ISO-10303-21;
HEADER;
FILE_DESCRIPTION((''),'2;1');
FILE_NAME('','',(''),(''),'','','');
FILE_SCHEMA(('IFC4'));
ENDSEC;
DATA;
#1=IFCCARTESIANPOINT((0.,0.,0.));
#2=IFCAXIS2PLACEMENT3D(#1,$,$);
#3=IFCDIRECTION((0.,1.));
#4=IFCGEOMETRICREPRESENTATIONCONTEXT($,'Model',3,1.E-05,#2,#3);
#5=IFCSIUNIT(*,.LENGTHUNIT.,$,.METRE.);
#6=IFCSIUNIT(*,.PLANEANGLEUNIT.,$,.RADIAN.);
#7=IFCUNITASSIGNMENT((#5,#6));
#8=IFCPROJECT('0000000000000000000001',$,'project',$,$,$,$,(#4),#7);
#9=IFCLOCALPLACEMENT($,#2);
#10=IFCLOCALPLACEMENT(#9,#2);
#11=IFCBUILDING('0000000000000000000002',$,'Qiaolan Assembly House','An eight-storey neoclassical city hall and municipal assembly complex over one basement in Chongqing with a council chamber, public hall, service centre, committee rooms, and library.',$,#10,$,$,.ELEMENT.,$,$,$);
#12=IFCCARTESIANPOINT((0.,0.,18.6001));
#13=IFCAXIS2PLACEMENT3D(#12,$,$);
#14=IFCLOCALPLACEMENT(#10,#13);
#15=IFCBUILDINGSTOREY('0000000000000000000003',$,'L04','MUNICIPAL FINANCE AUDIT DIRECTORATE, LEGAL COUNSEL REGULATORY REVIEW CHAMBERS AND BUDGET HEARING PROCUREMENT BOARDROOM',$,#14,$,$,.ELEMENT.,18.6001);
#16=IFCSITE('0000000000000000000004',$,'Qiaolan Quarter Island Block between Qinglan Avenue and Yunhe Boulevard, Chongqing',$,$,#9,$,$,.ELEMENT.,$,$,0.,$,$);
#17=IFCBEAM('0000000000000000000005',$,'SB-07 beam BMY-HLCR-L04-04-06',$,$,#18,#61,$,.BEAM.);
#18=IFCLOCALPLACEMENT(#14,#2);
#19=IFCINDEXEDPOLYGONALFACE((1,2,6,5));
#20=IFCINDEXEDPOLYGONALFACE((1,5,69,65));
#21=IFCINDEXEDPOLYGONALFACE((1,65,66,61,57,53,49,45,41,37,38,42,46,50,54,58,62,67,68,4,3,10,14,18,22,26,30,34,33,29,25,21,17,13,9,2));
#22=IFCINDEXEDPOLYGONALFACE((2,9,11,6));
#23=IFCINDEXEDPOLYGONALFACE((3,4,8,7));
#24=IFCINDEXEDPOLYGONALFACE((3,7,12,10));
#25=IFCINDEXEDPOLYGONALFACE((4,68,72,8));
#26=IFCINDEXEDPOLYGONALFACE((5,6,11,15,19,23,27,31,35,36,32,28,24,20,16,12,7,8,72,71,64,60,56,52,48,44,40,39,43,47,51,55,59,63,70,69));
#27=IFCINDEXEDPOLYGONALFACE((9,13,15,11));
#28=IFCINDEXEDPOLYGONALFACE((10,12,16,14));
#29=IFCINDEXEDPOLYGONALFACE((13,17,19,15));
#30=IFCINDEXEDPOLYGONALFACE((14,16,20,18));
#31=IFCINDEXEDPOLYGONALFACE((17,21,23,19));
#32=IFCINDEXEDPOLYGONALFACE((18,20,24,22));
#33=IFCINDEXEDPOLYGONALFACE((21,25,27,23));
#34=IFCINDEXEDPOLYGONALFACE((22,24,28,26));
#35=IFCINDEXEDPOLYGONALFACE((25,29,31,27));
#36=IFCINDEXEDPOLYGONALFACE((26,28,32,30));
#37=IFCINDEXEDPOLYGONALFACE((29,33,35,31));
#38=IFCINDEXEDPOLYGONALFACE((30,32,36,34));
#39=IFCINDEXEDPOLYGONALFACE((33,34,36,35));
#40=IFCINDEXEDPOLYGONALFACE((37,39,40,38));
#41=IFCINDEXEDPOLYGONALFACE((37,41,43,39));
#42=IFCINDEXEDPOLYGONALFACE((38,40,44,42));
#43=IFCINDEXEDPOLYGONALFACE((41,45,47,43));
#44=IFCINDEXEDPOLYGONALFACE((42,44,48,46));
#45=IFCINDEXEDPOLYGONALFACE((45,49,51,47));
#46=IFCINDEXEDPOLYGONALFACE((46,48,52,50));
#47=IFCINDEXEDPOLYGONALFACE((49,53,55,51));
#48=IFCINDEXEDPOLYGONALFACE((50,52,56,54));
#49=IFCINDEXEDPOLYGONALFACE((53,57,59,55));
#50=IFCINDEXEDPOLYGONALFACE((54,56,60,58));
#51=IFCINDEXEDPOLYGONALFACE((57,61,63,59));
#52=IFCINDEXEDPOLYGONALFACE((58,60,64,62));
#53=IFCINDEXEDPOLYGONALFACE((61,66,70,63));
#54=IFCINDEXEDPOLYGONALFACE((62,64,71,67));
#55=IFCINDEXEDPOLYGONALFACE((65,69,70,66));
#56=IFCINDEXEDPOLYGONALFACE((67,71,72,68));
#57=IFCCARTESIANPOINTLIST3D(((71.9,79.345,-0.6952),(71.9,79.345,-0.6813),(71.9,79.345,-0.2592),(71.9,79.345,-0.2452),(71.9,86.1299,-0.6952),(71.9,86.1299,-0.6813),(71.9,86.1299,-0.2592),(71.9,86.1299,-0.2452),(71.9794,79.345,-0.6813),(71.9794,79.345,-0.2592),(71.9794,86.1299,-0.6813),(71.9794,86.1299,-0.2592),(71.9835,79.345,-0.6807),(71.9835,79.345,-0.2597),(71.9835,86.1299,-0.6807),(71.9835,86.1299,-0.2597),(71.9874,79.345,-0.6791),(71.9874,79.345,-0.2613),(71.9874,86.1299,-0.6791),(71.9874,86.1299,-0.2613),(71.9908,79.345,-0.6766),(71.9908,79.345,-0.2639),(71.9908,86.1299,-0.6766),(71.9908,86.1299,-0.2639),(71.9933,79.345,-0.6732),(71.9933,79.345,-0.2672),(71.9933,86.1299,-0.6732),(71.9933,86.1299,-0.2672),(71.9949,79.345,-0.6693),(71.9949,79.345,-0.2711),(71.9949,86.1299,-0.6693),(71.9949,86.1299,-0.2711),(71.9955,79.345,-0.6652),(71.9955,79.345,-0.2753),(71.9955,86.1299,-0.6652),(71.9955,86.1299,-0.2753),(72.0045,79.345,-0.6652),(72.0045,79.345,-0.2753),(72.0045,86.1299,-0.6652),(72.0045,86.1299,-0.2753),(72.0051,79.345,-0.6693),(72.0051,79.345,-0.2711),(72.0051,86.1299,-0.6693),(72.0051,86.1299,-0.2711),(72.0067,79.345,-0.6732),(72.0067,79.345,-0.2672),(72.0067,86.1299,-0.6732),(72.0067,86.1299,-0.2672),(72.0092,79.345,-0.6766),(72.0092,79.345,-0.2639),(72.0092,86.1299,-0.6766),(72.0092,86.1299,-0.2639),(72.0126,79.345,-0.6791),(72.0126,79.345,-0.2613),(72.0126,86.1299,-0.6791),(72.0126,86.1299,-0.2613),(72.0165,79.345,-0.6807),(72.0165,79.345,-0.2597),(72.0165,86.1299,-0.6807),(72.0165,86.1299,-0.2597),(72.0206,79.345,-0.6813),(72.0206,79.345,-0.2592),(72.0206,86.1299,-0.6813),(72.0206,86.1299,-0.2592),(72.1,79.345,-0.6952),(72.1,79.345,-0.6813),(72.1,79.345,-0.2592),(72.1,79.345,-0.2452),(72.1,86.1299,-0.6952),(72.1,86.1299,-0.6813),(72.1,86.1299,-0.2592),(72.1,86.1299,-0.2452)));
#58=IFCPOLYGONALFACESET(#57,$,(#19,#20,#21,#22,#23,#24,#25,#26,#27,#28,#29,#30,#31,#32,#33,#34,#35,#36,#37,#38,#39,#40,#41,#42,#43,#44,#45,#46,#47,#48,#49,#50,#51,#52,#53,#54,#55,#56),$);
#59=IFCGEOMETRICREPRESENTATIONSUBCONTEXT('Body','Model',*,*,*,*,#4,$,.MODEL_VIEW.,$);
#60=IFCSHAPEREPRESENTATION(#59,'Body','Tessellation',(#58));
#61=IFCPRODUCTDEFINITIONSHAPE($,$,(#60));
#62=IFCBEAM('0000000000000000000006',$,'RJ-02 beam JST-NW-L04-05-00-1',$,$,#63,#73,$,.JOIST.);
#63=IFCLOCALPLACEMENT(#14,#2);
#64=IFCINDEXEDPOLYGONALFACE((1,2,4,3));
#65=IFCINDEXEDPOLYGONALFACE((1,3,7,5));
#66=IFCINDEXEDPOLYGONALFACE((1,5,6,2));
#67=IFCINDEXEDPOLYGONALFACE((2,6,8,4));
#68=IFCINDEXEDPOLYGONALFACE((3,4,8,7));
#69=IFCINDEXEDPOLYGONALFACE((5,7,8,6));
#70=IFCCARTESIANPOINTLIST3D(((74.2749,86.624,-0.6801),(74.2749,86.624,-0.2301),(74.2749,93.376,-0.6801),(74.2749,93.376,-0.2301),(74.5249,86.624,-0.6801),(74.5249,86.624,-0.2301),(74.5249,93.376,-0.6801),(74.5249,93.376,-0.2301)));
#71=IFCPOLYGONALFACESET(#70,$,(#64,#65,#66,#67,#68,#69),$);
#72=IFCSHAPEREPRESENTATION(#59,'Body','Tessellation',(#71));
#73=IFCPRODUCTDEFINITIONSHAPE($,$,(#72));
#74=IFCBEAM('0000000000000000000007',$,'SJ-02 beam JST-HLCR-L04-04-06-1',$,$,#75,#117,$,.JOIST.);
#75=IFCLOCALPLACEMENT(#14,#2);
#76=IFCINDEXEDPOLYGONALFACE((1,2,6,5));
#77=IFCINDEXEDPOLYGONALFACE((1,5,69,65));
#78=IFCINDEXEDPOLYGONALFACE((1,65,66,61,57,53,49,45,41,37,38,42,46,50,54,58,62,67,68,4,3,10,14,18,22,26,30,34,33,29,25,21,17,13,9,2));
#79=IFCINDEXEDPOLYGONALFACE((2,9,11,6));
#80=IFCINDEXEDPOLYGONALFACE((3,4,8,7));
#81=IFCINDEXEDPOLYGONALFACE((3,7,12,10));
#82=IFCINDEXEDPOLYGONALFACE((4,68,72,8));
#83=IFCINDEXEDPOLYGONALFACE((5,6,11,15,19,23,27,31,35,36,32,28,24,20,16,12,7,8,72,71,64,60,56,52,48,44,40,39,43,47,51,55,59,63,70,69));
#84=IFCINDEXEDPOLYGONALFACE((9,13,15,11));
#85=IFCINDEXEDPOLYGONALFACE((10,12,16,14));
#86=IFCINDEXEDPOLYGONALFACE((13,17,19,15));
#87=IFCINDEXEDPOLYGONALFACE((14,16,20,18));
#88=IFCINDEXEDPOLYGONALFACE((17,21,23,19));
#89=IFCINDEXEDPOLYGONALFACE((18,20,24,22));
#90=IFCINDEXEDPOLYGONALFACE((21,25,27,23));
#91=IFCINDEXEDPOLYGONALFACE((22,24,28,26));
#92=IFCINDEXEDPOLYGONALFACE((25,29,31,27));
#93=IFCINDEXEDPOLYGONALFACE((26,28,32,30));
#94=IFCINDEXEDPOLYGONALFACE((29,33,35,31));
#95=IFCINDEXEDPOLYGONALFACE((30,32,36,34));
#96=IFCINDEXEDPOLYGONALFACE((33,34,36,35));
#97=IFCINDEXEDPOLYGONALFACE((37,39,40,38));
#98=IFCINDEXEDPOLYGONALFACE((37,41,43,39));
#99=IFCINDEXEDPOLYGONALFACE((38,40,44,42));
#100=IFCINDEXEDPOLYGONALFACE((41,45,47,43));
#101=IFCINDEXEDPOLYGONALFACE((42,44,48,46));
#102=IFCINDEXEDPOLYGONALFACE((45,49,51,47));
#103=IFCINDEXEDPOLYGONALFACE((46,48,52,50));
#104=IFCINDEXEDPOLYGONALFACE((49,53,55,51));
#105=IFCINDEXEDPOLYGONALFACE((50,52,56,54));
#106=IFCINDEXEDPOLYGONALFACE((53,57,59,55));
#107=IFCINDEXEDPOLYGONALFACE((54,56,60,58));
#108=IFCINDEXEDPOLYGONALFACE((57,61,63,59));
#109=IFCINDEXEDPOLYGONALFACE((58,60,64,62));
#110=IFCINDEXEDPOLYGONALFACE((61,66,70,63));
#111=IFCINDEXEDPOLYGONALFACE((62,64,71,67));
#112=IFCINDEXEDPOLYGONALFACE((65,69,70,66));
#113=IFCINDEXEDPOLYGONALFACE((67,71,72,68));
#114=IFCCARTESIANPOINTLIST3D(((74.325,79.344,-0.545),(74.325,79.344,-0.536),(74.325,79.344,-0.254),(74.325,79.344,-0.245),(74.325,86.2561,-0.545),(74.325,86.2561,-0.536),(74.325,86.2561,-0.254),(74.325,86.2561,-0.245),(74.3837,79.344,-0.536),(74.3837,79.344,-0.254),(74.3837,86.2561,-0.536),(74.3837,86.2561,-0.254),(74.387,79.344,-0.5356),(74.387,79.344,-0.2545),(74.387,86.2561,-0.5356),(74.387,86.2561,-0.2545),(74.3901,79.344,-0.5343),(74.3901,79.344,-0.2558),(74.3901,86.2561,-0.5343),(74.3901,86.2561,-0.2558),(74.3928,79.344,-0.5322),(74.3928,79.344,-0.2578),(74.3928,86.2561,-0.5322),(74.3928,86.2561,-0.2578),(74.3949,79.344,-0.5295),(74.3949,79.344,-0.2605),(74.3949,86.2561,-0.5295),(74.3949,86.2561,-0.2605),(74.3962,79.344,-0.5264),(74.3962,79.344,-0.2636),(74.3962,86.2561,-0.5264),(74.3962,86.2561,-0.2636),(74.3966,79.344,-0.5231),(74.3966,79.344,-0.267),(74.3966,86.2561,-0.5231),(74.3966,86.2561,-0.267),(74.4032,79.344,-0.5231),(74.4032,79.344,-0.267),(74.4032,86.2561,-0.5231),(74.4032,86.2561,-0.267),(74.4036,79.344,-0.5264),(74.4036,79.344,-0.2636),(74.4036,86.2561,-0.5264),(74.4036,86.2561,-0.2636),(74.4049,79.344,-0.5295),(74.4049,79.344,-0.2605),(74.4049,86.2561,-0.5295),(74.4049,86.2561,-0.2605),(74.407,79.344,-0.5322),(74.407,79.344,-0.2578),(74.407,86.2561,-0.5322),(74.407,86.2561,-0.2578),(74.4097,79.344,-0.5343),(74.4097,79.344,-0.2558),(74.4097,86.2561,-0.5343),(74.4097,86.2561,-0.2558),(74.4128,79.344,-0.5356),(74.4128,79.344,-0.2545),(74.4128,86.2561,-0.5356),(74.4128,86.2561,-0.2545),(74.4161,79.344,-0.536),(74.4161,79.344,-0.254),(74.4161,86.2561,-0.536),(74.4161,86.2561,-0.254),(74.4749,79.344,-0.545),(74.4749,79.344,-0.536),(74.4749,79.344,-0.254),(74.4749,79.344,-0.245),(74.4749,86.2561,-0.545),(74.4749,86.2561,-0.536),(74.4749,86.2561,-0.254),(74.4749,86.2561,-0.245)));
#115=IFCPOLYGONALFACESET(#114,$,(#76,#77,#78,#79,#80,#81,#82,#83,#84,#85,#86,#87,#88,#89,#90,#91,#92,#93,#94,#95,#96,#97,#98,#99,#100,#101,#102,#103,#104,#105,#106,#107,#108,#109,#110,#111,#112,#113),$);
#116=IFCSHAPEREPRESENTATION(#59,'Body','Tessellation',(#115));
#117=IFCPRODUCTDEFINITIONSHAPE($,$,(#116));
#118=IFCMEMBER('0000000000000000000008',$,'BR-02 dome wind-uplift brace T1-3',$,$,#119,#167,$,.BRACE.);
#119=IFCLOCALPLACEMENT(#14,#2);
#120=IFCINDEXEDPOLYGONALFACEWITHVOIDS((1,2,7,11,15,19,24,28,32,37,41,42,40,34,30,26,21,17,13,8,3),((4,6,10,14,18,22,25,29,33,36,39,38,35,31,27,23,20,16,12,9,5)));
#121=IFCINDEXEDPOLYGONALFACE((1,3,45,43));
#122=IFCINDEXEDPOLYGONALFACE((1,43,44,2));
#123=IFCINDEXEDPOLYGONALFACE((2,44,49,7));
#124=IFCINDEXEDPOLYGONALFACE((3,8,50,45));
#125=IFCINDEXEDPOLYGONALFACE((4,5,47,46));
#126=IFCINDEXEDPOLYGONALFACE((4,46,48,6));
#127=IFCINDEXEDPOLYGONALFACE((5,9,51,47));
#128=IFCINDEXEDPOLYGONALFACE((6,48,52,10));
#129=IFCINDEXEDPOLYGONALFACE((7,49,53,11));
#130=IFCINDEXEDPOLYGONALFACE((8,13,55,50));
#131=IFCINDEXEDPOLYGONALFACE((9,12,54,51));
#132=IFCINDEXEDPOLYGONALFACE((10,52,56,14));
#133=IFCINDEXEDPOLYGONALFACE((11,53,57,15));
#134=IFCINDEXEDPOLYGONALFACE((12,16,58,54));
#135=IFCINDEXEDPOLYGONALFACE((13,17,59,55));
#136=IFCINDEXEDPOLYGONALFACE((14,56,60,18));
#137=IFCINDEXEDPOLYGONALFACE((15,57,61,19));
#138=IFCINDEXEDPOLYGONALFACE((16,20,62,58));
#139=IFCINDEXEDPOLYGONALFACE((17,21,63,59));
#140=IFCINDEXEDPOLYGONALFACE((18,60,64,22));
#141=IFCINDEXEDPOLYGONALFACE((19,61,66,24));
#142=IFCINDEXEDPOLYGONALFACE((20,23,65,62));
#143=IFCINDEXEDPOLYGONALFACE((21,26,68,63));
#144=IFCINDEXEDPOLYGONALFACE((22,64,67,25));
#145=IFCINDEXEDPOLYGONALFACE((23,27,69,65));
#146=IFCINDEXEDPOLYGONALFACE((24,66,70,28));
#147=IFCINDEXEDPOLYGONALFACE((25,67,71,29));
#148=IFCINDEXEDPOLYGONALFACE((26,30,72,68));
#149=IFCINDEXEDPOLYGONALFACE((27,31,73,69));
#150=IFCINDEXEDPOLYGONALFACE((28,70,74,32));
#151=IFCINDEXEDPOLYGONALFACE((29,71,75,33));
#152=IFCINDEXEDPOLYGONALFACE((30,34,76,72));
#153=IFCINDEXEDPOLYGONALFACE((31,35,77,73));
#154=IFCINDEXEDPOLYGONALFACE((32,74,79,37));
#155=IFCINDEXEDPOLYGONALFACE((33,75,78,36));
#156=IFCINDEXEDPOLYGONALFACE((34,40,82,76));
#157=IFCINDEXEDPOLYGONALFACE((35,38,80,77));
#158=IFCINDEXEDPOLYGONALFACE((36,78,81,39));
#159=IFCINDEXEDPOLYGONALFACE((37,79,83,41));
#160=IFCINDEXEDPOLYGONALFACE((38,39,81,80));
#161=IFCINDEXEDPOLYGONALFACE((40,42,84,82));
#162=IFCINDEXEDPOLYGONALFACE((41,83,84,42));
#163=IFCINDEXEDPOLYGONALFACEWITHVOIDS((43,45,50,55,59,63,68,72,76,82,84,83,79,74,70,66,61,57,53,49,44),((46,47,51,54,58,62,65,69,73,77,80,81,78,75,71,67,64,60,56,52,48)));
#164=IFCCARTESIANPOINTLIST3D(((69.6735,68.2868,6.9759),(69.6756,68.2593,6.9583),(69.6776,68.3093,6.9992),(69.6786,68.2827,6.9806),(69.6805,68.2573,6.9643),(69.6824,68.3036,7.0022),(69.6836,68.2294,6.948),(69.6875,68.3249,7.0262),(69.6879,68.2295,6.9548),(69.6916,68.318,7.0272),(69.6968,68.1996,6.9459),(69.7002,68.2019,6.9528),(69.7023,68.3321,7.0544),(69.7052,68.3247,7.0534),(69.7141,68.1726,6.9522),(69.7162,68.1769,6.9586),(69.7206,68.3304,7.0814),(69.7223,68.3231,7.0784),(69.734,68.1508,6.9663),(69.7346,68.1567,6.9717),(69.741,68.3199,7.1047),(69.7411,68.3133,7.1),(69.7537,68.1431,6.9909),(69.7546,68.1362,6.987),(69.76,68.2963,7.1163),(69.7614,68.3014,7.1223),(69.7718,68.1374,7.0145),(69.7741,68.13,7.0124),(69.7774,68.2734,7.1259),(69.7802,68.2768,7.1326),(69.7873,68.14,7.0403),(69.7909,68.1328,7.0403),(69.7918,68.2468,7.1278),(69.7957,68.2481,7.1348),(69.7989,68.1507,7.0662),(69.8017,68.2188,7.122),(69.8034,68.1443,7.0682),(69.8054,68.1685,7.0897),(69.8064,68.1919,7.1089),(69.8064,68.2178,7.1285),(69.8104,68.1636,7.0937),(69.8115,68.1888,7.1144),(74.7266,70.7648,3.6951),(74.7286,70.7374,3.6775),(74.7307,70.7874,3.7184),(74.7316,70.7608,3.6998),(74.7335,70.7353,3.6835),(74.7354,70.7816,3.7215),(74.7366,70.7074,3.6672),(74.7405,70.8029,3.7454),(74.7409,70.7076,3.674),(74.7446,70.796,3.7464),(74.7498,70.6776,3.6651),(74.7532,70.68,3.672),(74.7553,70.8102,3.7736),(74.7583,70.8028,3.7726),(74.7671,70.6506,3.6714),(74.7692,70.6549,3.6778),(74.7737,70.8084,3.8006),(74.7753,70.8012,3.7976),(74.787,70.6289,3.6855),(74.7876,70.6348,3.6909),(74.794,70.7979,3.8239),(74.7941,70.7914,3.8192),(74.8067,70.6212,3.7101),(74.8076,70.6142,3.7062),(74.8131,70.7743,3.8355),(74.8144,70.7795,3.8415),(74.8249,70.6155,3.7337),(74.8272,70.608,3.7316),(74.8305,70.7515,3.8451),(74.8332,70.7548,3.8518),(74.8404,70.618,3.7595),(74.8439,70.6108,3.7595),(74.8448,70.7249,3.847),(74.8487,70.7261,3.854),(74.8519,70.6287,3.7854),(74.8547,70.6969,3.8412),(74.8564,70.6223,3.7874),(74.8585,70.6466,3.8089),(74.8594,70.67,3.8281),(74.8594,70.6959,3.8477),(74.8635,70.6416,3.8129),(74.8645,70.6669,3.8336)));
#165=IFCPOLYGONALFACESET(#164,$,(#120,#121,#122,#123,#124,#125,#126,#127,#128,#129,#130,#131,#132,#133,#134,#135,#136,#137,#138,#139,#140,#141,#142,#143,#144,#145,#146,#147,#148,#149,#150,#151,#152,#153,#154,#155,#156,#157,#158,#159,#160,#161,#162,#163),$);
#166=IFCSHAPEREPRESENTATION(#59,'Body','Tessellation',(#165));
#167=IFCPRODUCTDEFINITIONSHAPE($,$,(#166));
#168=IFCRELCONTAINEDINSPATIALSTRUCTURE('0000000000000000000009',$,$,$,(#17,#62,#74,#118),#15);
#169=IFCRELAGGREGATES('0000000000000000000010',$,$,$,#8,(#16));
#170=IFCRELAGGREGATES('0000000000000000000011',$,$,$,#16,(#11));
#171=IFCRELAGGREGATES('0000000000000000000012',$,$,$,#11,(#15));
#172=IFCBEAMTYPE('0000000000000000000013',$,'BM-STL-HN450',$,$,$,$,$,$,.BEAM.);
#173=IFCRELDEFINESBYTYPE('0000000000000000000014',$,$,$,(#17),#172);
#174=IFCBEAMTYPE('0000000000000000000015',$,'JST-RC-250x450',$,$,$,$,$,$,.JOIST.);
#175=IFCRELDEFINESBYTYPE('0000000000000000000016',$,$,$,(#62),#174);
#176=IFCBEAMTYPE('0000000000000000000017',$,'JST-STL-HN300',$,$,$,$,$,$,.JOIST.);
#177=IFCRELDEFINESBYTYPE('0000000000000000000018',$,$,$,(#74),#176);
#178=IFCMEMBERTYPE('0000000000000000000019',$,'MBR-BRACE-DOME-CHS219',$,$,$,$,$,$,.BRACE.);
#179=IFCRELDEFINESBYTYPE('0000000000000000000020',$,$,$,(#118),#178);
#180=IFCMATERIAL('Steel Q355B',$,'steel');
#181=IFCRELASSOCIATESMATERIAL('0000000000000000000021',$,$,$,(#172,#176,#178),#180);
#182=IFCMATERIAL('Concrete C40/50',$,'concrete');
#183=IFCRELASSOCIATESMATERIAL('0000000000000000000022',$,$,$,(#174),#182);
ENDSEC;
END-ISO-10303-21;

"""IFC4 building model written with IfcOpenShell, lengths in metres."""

from ifc_helpers import new_model, si_unit, direction, frame, origin, origin_2d, place, context, subcontext, project, spatial, rectangle, hollow_circle, i_section, extrude, material, material_profile, profile_set, type_object, element, save


model = new_model("IFC4")

# Units and contexts
model_context = context("Model", 3, precision=1e-05, world=origin(), true_north=direction((0.0, 1.0)))
body_context = subcontext(model_context, "Body", "Model", "MODEL_VIEW")
ifc_project = project(units=[si_unit("LENGTHUNIT", "METRE"), si_unit("PLANEANGLEUNIT", "RADIAN")], contexts=[model_context])

# Site, building, storey
site_placement = place(None, origin())
site = spatial("IfcSite", under=ifc_project, at=site_placement, Name="Qiaolan Quarter Island Block between Qinglan Avenue and Yunhe Boulevard, Chongqing", CompositionType="ELEMENT", RefElevation=0.0)
building_placement = place(site_placement, origin())
building = spatial("IfcBuilding", under=site, at=building_placement, Name="Qiaolan Assembly House", Description="An eight-storey neoclassical city hall and municipal assembly complex over one basement in Chongqing with a council chamber, public hall, service centre, committee rooms, and library.", CompositionType="ELEMENT")
storey_placement = place(building_placement, frame((0.0, 0.0, 18.6001)))
storey = spatial("IfcBuildingStorey", under=building, at=storey_placement, Name="L04", Description="MUNICIPAL FINANCE AUDIT DIRECTORATE, LEGAL COUNSEL REGULATORY REVIEW CHAMBERS AND BUDGET HEARING PROCUREMENT BOARDROOM", CompositionType="ELEMENT", Elevation=18.6001)

# Shared definitions
ifc_material_1 = material(Name="Concrete C40/50", Category="concrete")

# Beams
ifc_material_2 = material(Name="Steel Q355B", Category="steel")
ifc_material_profile_1 = material_profile(ifc_material_2, i_section(OverallWidth=0.2, OverallDepth=0.45, WebThickness=0.009, FlangeThickness=0.0139, FilletRadius=0.0161, at=origin_2d()), Name="HN 450x200x9x14")
ifc_profile_set_1 = profile_set([ifc_material_profile_1], Name="Steel Q355B")
beam_type_1 = type_object("IfcBeamType", Name="BM-STL-HN450", PredefinedType="BEAM", material=ifc_profile_set_1)
beam_1_placement = place(storey_placement, frame((72.0, 79.345, -0.4702), z_axis=(0.0, 1.0, 0.0), x_axis=(-1.0, 0.0, 0.0)))
element("IfcBeam", 1, at=beam_1_placement, inside=storey, type_object=beam_type_1, Name="SB-07 beam BMY-HLCR-L04-04-06", PredefinedType="BEAM", context=body_context, shape_type="SweptSolid", body=[
    extrude(i_section(OverallWidth=0.2, OverallDepth=0.45, WebThickness=0.009, FlangeThickness=0.0139, FilletRadius=0.0161, at=origin_2d()), origin(), (0.0, 0.0, 1.0), 6.7849),
])
ifc_material_profile_2 = material_profile(ifc_material_1, rectangle(XDim=0.25, YDim=0.45, at=origin_2d()), Name="RCB 250x450")
ifc_profile_set_2 = profile_set([ifc_material_profile_2], Name="Concrete C40/50")
beam_type_2 = type_object("IfcBeamType", Name="JST-RC-250x450", PredefinedType="JOIST", material=ifc_profile_set_2)
beam_2_placement = place(storey_placement, frame((74.3999, 86.624, -0.4551), z_axis=(0.0, 1.0, 0.0), x_axis=(-1.0, 0.0, 0.0)))
element("IfcBeam", 2, at=beam_2_placement, inside=storey, type_object=beam_type_2, Name="RJ-02 beam JST-NW-L04-05-00-1", PredefinedType="JOIST", context=body_context, shape_type="SweptSolid", body=[
    extrude(rectangle(XDim=0.25, YDim=0.45, at=origin_2d()), origin(), (0.0, 0.0, 1.0), 6.752),
])
ifc_material_profile_3 = material_profile(ifc_material_2, i_section(OverallWidth=0.1499, OverallDepth=0.3, WebThickness=0.0066, FlangeThickness=0.009, FilletRadius=0.0129, at=origin_2d()), Name="HN 300x150x6.5x9")
ifc_profile_set_3 = profile_set([ifc_material_profile_3], Name="Steel Q355B")
beam_type_3 = type_object("IfcBeamType", Name="JST-STL-HN300", PredefinedType="JOIST", material=ifc_profile_set_3)
beam_3_placement = place(storey_placement, frame((74.3999, 79.344, -0.395), z_axis=(0.0, 1.0, 0.0), x_axis=(-1.0, 0.0, 0.0)))
element("IfcBeam", 3, at=beam_3_placement, inside=storey, type_object=beam_type_3, Name="SJ-02 beam JST-HLCR-L04-04-06-1", PredefinedType="JOIST", context=body_context, shape_type="SweptSolid", body=[
    extrude(i_section(OverallWidth=0.1499, OverallDepth=0.3, WebThickness=0.0066, FlangeThickness=0.009, FilletRadius=0.0129, at=origin_2d()), origin(), (0.0, 0.0, 1.0), 6.9121),
])

# Member
ifc_material_profile_4 = material_profile(ifc_material_2, hollow_circle(Radius=0.1096, WallThickness=0.0081, at=origin_2d()), Name="CHS 219.1x8")
ifc_profile_set_4 = profile_set([ifc_material_profile_4], Name="Steel Q355B")
member_type_1 = type_object("IfcMemberType", Name="MBR-BRACE-DOME-CHS219", PredefinedType="BRACE", material=ifc_profile_set_4)
member_1_placement = place(storey_placement, frame((74.7957, 70.7092, 3.7595), z_axis=(-0.77567, -0.380396, 0.503622), x_axis=(0.440312, -0.897845, 0.0)))
element("IfcMember", 4, at=member_1_placement, inside=storey, type_object=member_type_1, Name="BR-02 dome wind-uplift brace T1-3", PredefinedType="BRACE", context=body_context, shape_type="SweptSolid", body=[
    extrude(hollow_circle(Radius=0.1096, WallThickness=0.0081, at=origin_2d()), origin(), (0.0, 0.0, 1.0), 6.5144),
])

save(model, "model.ifc")
